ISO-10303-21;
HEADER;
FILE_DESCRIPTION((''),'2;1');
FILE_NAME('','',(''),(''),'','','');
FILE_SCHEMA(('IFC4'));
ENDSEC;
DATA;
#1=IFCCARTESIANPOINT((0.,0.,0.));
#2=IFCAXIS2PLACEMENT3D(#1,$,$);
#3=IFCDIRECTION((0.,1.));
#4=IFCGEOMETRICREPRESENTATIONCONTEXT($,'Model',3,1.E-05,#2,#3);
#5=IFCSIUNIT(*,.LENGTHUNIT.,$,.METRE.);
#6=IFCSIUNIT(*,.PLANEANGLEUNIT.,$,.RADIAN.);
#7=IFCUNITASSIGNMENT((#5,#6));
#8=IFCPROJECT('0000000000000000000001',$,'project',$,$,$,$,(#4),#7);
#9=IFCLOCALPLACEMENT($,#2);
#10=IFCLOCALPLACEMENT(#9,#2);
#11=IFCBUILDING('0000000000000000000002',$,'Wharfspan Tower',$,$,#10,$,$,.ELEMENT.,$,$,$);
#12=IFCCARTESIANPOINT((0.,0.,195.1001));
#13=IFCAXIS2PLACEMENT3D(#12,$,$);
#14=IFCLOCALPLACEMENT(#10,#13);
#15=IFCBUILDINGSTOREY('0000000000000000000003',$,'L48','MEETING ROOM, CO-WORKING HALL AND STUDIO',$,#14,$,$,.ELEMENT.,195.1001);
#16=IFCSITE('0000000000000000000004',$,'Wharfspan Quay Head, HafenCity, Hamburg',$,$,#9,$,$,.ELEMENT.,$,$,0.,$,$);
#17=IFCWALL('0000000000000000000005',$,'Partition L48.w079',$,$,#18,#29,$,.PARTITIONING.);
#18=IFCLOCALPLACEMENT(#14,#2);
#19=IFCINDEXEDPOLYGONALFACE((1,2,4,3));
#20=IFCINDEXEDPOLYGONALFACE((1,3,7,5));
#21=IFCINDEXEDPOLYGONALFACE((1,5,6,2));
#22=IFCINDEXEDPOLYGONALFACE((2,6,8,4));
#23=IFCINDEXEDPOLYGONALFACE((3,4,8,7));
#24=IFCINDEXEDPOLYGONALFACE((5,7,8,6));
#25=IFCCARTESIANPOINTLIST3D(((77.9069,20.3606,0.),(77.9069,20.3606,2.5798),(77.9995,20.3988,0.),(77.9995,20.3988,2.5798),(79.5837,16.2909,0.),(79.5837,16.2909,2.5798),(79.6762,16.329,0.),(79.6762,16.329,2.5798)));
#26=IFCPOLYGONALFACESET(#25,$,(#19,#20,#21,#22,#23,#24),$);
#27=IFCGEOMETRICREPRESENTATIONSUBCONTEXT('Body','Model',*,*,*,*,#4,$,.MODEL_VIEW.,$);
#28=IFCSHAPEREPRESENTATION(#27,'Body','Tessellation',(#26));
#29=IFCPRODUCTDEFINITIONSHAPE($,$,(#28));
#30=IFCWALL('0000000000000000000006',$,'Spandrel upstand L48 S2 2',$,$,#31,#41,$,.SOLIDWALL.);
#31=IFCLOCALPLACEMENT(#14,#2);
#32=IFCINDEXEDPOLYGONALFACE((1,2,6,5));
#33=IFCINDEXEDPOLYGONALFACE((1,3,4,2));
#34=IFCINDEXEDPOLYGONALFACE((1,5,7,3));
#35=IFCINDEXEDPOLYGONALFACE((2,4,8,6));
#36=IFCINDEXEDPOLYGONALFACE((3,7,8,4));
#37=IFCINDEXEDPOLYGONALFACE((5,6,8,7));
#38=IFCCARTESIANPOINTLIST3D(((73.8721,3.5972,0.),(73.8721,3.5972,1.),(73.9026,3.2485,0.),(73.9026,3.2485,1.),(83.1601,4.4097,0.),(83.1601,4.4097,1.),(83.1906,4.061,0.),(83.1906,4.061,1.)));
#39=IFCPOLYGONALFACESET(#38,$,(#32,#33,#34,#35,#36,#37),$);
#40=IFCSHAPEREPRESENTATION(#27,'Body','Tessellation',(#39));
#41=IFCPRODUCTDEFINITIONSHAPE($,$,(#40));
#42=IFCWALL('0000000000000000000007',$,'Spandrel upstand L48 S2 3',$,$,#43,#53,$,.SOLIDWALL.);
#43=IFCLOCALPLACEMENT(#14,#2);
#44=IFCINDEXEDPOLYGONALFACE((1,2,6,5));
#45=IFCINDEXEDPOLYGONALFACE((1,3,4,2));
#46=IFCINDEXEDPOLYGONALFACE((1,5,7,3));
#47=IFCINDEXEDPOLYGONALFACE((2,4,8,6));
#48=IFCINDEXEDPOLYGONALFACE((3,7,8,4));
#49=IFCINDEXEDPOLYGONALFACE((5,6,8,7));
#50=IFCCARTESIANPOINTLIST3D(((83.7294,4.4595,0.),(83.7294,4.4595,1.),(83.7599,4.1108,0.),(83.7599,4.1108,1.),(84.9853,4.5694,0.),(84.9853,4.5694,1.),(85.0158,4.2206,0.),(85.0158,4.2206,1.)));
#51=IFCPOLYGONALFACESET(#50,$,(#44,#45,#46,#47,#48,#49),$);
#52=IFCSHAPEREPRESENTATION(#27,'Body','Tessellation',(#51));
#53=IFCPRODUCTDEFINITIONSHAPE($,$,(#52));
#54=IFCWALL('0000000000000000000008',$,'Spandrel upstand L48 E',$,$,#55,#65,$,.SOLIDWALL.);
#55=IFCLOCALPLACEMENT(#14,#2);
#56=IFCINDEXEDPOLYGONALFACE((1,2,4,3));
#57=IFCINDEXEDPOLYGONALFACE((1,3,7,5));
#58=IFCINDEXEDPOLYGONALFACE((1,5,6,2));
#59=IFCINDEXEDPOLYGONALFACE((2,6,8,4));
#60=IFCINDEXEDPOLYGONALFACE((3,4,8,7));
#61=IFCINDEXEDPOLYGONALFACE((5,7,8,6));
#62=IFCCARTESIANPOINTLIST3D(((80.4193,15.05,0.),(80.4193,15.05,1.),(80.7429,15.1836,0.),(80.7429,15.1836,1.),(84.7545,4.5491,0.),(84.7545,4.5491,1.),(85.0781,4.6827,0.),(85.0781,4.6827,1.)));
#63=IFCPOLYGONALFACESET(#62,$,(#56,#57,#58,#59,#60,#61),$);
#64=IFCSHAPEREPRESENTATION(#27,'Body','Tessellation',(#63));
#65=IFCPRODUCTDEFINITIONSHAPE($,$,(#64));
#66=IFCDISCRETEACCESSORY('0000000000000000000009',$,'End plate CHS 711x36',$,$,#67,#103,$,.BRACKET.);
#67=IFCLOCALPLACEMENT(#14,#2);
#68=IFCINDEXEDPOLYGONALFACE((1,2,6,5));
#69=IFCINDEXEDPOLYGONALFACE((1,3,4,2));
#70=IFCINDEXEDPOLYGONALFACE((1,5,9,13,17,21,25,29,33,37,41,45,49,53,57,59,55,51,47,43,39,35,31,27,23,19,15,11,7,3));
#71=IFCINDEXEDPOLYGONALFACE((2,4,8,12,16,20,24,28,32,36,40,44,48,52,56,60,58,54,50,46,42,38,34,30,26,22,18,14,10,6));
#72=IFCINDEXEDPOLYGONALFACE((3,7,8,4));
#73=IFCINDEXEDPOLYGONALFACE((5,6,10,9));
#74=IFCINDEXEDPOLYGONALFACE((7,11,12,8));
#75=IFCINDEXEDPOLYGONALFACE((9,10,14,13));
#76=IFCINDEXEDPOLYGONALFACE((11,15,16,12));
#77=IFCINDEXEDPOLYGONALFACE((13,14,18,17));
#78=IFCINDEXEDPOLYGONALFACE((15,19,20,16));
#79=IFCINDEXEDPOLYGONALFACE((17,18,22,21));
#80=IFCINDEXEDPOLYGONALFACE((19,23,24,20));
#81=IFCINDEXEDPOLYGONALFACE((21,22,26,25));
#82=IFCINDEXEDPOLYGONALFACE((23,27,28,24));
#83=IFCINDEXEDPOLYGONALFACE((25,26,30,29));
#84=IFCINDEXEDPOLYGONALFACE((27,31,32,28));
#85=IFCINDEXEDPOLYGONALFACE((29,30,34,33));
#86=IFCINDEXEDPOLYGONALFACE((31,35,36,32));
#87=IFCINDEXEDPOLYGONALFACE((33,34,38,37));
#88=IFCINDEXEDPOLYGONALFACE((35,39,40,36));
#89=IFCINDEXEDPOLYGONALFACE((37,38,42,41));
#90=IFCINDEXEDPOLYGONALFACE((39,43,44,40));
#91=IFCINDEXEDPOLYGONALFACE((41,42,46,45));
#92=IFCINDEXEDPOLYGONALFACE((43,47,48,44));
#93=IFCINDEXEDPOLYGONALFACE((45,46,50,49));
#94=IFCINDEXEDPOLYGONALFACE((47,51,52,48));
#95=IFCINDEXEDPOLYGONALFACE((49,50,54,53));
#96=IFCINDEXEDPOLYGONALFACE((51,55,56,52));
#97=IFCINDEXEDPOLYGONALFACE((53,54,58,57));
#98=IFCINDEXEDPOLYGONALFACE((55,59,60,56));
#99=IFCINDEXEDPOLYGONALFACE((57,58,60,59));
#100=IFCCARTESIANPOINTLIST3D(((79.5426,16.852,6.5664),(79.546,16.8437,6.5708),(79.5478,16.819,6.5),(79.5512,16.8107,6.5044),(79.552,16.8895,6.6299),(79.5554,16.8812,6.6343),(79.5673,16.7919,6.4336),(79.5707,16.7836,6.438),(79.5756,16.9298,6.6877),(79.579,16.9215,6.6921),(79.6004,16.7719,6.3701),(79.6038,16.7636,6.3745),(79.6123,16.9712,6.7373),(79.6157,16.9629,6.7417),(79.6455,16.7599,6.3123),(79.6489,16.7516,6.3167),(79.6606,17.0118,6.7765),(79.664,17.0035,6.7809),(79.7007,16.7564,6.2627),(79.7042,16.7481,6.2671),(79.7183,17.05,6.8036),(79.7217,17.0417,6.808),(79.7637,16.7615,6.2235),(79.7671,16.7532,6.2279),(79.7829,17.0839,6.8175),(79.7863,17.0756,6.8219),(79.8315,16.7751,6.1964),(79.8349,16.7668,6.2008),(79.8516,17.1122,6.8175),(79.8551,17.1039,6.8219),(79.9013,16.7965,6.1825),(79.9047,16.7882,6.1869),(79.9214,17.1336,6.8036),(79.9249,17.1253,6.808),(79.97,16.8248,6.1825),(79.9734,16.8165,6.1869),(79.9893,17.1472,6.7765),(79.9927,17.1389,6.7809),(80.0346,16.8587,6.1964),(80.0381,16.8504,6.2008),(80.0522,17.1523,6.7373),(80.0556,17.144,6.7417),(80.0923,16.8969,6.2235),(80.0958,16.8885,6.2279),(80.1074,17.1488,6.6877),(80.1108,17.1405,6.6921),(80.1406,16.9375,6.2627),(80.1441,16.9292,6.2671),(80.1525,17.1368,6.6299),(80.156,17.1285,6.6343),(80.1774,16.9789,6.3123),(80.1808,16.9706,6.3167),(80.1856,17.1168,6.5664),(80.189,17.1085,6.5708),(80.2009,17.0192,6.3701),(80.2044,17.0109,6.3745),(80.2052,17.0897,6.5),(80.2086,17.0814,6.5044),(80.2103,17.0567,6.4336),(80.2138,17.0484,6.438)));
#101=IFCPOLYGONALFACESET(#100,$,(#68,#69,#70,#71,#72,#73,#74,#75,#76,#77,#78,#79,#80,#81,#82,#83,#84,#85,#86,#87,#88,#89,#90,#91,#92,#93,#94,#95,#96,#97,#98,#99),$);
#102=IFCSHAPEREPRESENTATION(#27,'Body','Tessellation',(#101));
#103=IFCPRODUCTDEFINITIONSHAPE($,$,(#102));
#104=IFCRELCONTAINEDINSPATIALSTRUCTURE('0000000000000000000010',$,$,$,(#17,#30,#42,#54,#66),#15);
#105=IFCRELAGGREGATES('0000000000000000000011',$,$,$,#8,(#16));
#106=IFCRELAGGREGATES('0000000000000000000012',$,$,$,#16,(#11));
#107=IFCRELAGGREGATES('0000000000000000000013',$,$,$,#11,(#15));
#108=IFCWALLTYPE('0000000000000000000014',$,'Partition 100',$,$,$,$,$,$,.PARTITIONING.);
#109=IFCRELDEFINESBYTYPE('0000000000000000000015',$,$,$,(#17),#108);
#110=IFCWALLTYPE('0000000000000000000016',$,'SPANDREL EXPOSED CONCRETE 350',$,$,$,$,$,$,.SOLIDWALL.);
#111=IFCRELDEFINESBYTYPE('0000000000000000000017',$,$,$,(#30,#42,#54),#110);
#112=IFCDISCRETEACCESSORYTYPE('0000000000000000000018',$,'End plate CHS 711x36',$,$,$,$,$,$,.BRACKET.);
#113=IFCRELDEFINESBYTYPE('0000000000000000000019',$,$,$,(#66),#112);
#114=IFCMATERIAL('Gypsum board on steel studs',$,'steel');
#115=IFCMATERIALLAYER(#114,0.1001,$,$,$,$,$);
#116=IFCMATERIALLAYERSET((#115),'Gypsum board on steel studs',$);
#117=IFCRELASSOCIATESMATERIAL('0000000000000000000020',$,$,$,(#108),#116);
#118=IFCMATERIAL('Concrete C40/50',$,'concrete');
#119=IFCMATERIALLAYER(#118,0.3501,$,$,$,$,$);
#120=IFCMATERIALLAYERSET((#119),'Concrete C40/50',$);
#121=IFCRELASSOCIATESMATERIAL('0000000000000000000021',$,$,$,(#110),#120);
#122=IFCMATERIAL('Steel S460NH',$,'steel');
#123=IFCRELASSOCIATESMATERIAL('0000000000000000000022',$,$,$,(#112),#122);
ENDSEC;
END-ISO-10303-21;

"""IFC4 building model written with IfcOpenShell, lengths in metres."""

from ifc_helpers import new_model, si_unit, direction, frame, frame_2d, origin, origin_2d, place, context, subcontext, project, spatial, rectangle, circle, extrude, material, layer, layer_set, material_profile, profile_set, type_object, element, save


model = new_model("IFC4")

# Units and contexts
model_context = context("Model", 3, precision=1e-05, world=origin(), true_north=direction((0.0, 1.0)))
body_context = subcontext(model_context, "Body", "Model", "MODEL_VIEW")
ifc_project = project(units=[si_unit("LENGTHUNIT", "METRE"), si_unit("PLANEANGLEUNIT", "RADIAN")], contexts=[model_context])

# Site, building, storey
site_placement = place(None, origin())
site = spatial("IfcSite", under=ifc_project, at=site_placement, Name="Wharfspan Quay Head, HafenCity, Hamburg", CompositionType="ELEMENT", RefElevation=0.0)
building_placement = place(site_placement, origin())
building = spatial("IfcBuilding", under=site, at=building_placement, Name="Wharfspan Tower", CompositionType="ELEMENT")
storey_placement = place(building_placement, frame((0.0, 0.0, 195.1001)))
storey = spatial("IfcBuildingStorey", under=building, at=storey_placement, Name="L48", Description="MEETING ROOM, CO-WORKING HALL AND STUDIO", CompositionType="ELEMENT", Elevation=195.1001)

# Walls
ifc_material_1 = material(Name="Gypsum board on steel studs", Category="steel")
ifc_layer_1 = layer(ifc_material_1, 0.1001)
ifc_layer_set_1 = layer_set([ifc_layer_1], Name="Gypsum board on steel studs")
wall_type_1 = type_object("IfcWallType", Name="Partition 100", PredefinedType="PARTITIONING", material=ifc_layer_set_1)
wall_1_placement = place(storey_placement, frame((79.6299, 16.3101, 0.0), z_axis=(0.0, 0.0, 1.0), x_axis=(-0.380933, 0.9246, 0.0)))
element("IfcWall", 1, at=wall_1_placement, inside=storey, type_object=wall_type_1, Name="Partition L48.w079", PredefinedType="PARTITIONING", context=body_context, shape_type="SweptSolid", body=[
    extrude(rectangle(XDim=4.4016, YDim=0.1001, at=frame_2d((2.2007, 0.0))), origin(), (0.0, 0.0, 1.0), 2.5798),
])
ifc_material_2 = material(Name="Concrete C40/50", Category="concrete")
ifc_layer_2 = layer(ifc_material_2, 0.3501)
ifc_layer_set_2 = layer_set([ifc_layer_2], Name="Concrete C40/50")
wall_type_2 = type_object("IfcWallType", Name="SPANDREL EXPOSED CONCRETE 350", PredefinedType="SOLIDWALL", material=ifc_layer_set_2)
wall_2_placement = place(storey_placement, frame((73.8875, 3.4229, 0.0), z_axis=(0.0, 0.0, 1.0), x_axis=(0.996197, 0.087145, 0.0)))
element("IfcWall", 2, at=wall_2_placement, inside=storey, type_object=wall_type_2, Name="Spandrel upstand L48 S2 2", PredefinedType="SOLIDWALL", context=body_context, shape_type="SweptSolid", body=[
    extrude(rectangle(XDim=9.3235, YDim=0.3501, at=frame_2d((4.6616, 0.0))), origin(), (0.0, 0.0, 1.0), 1.0),
])
wall_3_placement = place(storey_placement, frame((83.7446, 4.2852, 0.0), z_axis=(0.0, 0.0, 1.0), x_axis=(0.996198, 0.087148, 0.0)))
element("IfcWall", 3, at=wall_3_placement, inside=storey, type_object=wall_type_2, Name="Spandrel upstand L48 S2 3", PredefinedType="SOLIDWALL", context=body_context, shape_type="SweptSolid", body=[
    extrude(rectangle(XDim=1.2607, YDim=0.3501, at=frame_2d((0.6304, 0.0))), origin(), (0.0, 0.0, 1.0), 1.0),
])
wall_4_placement = place(storey_placement, frame((84.9163, 4.616, 0.0), z_axis=(0.0, 0.0, 1.0), x_axis=(-0.381598, 0.924328, 0.0)))
element("IfcWall", 4, at=wall_4_placement, inside=storey, type_object=wall_type_2, Name="Spandrel upstand L48 E", PredefinedType="SOLIDWALL", context=body_context, shape_type="SweptSolid", body=[
    extrude(rectangle(XDim=11.3606, YDim=0.3501, at=frame_2d((5.6802, 0.0))), origin(), (0.0, 0.0, 1.0), 1.0),
])

# Discrete accessory
ifc_material_3 = material(Name="Steel S460NH", Category="steel")
ifc_material_profile_1 = material_profile(ifc_material_3, circle(Radius=0.3555, at=origin_2d()))
ifc_profile_set_1 = profile_set([ifc_material_profile_1], Name="Steel S460NH")
discrete_accessory_type = type_object("IfcDiscreteAccessoryType", Name="End plate CHS 711x36", PredefinedType="BRACKET", material=ifc_profile_set_1)
discrete_accessory_placement = place(storey_placement, frame((79.8765, 16.9543, 6.5), z_axis=(0.341972, -0.830504, 0.439679), x_axis=(0.924678, 0.380749, -0.000001)))
element("IfcDiscreteAccessory", 5, at=discrete_accessory_placement, inside=storey, type_object=discrete_accessory_type, Name="End plate CHS 711x36", PredefinedType="BRACKET", context=body_context, shape_type="SweptSolid", body=[
    extrude(circle(Radius=0.3555, at=origin_2d()), origin(), (0.0, 0.0, 1.0), 0.01),
])

save(model, "model.ifc")
